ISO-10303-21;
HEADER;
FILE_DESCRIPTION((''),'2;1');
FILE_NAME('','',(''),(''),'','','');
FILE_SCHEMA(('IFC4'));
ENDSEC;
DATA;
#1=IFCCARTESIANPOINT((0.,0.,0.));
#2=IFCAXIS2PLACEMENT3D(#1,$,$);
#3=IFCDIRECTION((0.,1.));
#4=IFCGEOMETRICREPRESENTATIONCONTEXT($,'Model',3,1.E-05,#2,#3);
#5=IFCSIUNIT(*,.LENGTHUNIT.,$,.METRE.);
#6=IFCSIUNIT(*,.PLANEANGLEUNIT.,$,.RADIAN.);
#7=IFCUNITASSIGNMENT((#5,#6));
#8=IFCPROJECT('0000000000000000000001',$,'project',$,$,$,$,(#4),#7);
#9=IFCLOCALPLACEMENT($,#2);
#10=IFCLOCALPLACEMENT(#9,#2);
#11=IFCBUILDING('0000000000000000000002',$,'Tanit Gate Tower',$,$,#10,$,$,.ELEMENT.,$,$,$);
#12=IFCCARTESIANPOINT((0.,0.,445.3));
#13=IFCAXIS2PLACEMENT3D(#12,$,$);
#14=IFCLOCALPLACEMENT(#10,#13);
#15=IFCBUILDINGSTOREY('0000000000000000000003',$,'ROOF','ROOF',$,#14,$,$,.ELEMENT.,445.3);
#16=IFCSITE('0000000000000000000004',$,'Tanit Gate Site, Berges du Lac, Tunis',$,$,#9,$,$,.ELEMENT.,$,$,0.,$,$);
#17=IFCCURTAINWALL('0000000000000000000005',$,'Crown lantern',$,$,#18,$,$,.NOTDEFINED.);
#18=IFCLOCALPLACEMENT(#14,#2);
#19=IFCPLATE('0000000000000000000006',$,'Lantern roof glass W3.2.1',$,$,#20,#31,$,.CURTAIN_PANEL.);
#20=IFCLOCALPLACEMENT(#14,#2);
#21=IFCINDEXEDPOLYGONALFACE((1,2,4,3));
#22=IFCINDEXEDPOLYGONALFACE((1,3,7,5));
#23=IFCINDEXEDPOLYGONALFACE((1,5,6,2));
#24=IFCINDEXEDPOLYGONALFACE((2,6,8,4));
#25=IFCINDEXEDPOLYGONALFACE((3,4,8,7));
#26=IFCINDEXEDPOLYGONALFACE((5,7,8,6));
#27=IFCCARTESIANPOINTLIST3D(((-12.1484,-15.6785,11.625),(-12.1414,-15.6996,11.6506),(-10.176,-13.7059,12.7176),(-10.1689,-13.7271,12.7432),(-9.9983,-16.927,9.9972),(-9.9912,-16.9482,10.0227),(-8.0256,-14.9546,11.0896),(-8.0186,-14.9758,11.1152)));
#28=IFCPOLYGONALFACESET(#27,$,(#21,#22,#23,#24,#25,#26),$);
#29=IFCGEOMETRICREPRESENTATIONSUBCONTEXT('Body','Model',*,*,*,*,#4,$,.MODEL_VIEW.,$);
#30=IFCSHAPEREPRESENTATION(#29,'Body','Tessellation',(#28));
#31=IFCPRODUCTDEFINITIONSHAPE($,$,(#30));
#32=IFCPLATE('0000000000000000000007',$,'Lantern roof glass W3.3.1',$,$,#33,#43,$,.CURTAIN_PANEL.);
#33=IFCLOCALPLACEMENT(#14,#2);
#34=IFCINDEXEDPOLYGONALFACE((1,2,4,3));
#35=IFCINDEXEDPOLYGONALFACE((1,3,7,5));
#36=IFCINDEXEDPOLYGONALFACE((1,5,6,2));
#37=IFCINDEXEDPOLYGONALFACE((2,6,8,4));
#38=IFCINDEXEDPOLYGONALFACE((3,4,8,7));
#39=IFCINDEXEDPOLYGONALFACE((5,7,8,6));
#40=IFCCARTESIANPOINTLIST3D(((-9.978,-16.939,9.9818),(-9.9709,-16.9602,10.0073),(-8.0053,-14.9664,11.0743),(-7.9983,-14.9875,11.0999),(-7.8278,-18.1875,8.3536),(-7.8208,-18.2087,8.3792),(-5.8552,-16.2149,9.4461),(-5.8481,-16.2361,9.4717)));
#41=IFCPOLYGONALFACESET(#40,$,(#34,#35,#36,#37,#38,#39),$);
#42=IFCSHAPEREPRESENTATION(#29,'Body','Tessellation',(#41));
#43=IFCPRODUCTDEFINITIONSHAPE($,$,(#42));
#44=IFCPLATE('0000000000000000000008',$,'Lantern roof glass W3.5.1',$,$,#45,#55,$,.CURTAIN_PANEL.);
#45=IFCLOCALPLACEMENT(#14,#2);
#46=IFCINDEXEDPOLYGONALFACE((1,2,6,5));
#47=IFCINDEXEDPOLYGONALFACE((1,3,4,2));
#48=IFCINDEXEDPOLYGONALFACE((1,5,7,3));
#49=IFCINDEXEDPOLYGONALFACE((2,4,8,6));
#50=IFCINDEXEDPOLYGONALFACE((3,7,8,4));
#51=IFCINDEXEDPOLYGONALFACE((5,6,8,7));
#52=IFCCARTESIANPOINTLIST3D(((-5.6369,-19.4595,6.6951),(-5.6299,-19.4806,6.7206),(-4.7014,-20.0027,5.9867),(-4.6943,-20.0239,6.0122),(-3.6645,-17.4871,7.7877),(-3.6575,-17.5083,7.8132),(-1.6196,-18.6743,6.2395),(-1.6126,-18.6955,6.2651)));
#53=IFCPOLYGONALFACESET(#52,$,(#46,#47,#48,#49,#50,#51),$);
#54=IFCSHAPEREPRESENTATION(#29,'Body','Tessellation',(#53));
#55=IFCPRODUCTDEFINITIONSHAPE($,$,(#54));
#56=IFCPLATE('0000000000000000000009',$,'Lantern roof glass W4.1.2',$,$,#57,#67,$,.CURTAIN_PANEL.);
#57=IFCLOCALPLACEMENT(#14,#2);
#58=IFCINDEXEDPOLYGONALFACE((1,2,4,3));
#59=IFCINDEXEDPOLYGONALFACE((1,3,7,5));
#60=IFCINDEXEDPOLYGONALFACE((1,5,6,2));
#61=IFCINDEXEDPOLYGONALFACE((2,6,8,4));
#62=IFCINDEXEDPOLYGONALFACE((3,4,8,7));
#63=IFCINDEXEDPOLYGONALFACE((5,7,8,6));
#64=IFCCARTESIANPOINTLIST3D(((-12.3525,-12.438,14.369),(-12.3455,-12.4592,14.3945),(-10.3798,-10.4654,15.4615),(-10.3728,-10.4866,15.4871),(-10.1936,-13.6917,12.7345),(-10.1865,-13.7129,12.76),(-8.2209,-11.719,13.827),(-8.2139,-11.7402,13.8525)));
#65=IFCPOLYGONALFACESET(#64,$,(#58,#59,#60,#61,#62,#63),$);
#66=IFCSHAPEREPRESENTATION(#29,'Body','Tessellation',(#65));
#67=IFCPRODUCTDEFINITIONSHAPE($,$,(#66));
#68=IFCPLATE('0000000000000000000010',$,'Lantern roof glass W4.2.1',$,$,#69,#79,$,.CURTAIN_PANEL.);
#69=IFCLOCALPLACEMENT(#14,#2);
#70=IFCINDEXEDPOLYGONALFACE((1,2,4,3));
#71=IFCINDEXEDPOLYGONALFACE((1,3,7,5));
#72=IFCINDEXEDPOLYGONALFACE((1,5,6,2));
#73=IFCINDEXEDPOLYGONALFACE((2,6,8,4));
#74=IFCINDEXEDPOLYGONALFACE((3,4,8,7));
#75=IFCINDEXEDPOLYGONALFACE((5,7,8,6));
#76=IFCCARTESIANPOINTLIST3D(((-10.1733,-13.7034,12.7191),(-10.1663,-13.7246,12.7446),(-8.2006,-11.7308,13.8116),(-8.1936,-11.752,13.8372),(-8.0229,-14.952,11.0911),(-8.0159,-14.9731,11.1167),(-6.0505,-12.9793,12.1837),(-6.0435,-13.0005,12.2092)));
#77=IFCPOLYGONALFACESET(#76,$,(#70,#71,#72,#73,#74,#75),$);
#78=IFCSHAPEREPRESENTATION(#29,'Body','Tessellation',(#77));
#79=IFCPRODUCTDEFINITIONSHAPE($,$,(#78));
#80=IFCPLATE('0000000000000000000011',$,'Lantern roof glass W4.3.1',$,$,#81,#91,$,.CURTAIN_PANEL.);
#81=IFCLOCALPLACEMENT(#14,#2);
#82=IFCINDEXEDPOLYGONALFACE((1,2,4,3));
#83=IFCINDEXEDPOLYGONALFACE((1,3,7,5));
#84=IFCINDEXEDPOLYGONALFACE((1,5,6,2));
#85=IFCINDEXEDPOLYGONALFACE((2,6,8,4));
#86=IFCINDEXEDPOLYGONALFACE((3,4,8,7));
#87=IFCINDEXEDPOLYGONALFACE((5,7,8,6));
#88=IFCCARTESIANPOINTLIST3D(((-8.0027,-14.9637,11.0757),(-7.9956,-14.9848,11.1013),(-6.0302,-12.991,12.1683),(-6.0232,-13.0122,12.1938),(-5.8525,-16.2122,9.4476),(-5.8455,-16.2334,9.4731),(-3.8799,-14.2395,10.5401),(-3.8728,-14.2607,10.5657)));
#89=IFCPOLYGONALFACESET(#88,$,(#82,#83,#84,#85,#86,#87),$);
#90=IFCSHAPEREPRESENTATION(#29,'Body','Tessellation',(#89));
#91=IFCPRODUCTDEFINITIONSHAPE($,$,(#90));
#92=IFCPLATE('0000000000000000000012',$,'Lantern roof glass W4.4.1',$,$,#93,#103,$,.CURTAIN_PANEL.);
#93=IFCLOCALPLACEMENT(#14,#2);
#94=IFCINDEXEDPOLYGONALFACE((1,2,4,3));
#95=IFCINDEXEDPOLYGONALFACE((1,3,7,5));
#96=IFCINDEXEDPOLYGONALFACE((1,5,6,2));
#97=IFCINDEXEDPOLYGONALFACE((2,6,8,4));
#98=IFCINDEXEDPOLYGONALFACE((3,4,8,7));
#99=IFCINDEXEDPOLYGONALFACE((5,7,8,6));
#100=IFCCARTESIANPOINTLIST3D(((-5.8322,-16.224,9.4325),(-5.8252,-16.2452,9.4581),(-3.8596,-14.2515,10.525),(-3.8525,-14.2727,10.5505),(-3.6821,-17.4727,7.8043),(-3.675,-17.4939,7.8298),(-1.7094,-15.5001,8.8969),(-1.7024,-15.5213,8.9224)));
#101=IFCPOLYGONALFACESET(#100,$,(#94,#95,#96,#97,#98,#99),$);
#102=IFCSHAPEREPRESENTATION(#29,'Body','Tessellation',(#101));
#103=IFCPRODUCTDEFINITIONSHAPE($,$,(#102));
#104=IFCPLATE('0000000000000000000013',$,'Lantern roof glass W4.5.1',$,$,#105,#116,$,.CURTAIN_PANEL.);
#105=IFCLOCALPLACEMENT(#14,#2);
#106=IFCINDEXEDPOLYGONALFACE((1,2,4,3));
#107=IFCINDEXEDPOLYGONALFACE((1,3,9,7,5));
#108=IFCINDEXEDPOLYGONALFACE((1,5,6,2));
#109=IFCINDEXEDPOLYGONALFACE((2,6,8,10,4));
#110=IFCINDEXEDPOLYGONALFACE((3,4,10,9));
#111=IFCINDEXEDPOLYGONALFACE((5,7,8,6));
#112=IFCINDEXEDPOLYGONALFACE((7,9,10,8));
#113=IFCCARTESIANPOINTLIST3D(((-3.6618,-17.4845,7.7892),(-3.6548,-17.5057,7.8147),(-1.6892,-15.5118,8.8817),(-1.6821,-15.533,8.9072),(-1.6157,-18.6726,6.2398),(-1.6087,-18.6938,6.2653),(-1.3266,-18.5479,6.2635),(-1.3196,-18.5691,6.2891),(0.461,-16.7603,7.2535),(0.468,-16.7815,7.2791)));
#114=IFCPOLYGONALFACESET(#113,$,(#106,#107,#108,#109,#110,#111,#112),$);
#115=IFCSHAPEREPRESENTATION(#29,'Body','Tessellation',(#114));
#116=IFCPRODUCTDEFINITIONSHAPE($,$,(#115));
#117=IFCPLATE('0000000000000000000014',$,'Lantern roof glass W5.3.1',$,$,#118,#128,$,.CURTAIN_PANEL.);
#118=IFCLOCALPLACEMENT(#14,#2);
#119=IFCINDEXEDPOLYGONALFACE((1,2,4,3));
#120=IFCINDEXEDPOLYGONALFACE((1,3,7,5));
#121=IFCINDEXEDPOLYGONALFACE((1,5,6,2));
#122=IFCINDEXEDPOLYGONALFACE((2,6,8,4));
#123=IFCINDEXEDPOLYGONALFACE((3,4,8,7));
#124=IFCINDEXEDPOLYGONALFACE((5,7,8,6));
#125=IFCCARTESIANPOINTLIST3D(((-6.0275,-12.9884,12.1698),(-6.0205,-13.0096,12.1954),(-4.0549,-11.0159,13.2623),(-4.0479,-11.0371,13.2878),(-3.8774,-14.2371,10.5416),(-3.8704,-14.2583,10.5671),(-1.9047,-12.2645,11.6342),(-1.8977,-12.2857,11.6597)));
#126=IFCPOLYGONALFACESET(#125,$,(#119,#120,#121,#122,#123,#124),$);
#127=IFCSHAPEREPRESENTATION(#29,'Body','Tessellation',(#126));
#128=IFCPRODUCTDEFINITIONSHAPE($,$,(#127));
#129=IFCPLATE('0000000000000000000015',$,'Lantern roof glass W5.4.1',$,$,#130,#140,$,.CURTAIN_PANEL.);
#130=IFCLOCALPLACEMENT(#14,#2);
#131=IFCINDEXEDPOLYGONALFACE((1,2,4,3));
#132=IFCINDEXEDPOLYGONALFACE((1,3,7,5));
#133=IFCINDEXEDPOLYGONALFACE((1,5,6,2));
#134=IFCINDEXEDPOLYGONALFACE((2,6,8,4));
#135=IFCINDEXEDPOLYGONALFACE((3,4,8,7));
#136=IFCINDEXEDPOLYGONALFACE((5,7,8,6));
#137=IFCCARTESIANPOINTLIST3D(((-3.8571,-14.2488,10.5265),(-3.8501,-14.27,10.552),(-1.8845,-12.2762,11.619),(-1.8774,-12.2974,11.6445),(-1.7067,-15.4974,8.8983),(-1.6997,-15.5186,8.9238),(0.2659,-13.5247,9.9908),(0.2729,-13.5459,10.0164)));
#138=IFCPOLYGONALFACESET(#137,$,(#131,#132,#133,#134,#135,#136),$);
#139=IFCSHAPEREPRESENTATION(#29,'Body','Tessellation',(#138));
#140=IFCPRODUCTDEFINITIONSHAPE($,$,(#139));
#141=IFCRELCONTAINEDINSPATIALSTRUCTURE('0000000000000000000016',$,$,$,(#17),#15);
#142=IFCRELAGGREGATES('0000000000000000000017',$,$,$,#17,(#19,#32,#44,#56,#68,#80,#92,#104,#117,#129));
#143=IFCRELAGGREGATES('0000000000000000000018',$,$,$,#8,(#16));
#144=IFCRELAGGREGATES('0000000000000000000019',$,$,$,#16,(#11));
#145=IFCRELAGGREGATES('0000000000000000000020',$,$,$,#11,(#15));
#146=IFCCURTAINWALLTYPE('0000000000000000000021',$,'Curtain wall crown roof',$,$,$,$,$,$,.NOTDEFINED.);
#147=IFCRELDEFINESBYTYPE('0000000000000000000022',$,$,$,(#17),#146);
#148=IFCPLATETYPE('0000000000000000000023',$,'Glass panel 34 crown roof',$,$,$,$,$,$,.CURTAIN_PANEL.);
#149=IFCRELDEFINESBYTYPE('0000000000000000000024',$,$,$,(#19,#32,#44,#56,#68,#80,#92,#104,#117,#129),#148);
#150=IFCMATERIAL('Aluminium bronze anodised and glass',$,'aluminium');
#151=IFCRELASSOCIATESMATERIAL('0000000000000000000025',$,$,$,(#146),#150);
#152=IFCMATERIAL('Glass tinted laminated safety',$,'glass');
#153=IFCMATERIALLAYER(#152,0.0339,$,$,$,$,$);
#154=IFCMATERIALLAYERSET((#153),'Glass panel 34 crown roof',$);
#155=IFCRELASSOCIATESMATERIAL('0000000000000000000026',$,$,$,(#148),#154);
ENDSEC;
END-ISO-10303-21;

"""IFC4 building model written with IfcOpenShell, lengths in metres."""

from ifc_helpers import new_model, si_unit, direction, frame, origin, place, context, subcontext, project, spatial, polyline, outline, extrude, material, layer, layer_set, type_object, element, aggregate, save


model = new_model("IFC4")

# Units and contexts
model_context = context("Model", 3, precision=1e-05, world=origin(), true_north=direction((0.0, 1.0)))
body_context = subcontext(model_context, "Body", "Model", "MODEL_VIEW")
ifc_project = project(units=[si_unit("LENGTHUNIT", "METRE"), si_unit("PLANEANGLEUNIT", "RADIAN")], contexts=[model_context])

# Site, building, storey
site_placement = place(None, origin())
site = spatial("IfcSite", under=ifc_project, at=site_placement, Name="Tanit Gate Site, Berges du Lac, Tunis", CompositionType="ELEMENT", RefElevation=0.0)
building_placement = place(site_placement, origin())
building = spatial("IfcBuilding", under=site, at=building_placement, Name="Tanit Gate Tower", CompositionType="ELEMENT")
storey_placement = place(building_placement, frame((0.0, 0.0, 445.3)))
storey = spatial("IfcBuildingStorey", under=building, at=storey_placement, Name="ROOF", Description="ROOF", CompositionType="ELEMENT", Elevation=445.3)

# Curtain wall, plates
ifc_material_1 = material(Name="Aluminium bronze anodised and glass", Category="aluminium")
curtain_wall_type = type_object("IfcCurtainWallType", Name="Curtain wall crown roof", PredefinedType="NOTDEFINED", material=ifc_material_1)
curtain_wall_placement = place(storey_placement, origin())
curtain_wall = element("IfcCurtainWall", 1, at=curtain_wall_placement, inside=storey, type_object=curtain_wall_type, Name="Crown lantern", PredefinedType="NOTDEFINED")
ifc_material_2 = material(Name="Glass tinted laminated safety", Category="glass")
ifc_layer = layer(ifc_material_2, 0.0339)
ifc_layer_set = layer_set([ifc_layer], Name="Glass panel 34 crown roof")
plate_type = type_object("IfcPlateType", Name="Glass panel 34 crown roof", PredefinedType="CURTAIN_PANEL", material=ifc_layer_set)
plate_1_placement = place(storey_placement, frame((-9.9912, -16.9482, 10.0227), z_axis=(0.207432, -0.624488, 0.752985), x_axis=(0.658445, 0.658392, 0.36465)))
plate_1 = element("IfcPlate", 2, at=plate_1_placement, type_object=plate_type, Name="Lantern roof glass W3.2.1", PredefinedType="CURTAIN_PANEL", context=body_context, shape_type="SweptSolid", body=[
    extrude(outline(polyline([(0.0, 0.0), (2.9959, 0.0), (2.9958, 2.9722), (-0.0001, 2.9719), (0.0, 0.0)])), origin(), (0.0, 0.0, -1.0), 0.0339),
])
plate_2_placement = place(storey_placement, frame((-7.8208, -18.2087, 8.3792), z_axis=(0.207513, -0.624518, 0.752938), x_axis=(0.658417, 0.658417, 0.364656)))
plate_2 = element("IfcPlate", 3, at=plate_2_placement, type_object=plate_type, Name="Lantern roof glass W3.3.1", PredefinedType="CURTAIN_PANEL", context=body_context, shape_type="SweptSolid", body=[
    extrude(outline(polyline([(0.0, 0.0), (2.9961, 0.0), (2.9961, 2.972), (0.0001, 2.972), (0.0, 0.0)])), origin(), (0.0, 0.0, -1.0), 0.0339),
])
plate_3_placement = place(storey_placement, frame((-3.6575, -17.5083, 7.8132), z_axis=(0.207446, -0.624551, 0.752929), x_axis=(-0.658414, -0.658384, -0.364722)))
plate_3 = element("IfcPlate", 4, at=plate_3_placement, type_object=plate_type, Name="Lantern roof glass W3.5.1", PredefinedType="CURTAIN_PANEL", context=body_context, shape_type="SweptSolid", body=[
    extrude(outline(polyline([(0.0, 0.0), (2.9957, 0.0), (2.9958, 1.2932), (-0.0001, 2.8263), (0.0, 0.0)])), origin(), (0.0, 0.0, -1.0), 0.0339),
])
plate_4_placement = place(storey_placement, frame((-10.1865, -13.7129, 12.76), z_axis=(0.207453, -0.624483, 0.752984), x_axis=(0.658417, 0.658417, 0.364656)))
plate_4 = element("IfcPlate", 5, at=plate_4_placement, type_object=plate_type, Name="Lantern roof glass W4.1.2", PredefinedType="CURTAIN_PANEL", context=body_context, shape_type="SweptSolid", body=[
    extrude(outline(polyline([(0.0, 0.0), (2.9961, 0.0), (2.996, 2.984), (0.0, 2.984), (0.0, 0.0)])), origin(), (0.0, 0.0, -1.0), 0.0339),
])
plate_5_placement = place(storey_placement, frame((-8.0159, -14.9731, 11.1167), z_axis=(0.207467, -0.624482, 0.75298), x_axis=(0.658373, 0.658447, 0.364681)))
plate_5 = element("IfcPlate", 6, at=plate_5_placement, type_object=plate_type, Name="Lantern roof glass W4.2.1", PredefinedType="CURTAIN_PANEL", context=body_context, shape_type="SweptSolid", body=[
    extrude(outline(polyline([(0.0, 0.0), (2.9959, 0.0), (2.9961, 2.9719), (0.0, 2.9721), (0.0, 0.0)])), origin(), (0.0, 0.0, -1.0), 0.0339),
])
plate_6_placement = place(storey_placement, frame((-5.8455, -16.2334, 9.4731), z_axis=(0.207512, -0.624508, 0.752946), x_axis=(0.658415, 0.658422, 0.364649)))
plate_6 = element("IfcPlate", 7, at=plate_6_placement, type_object=plate_type, Name="Lantern roof glass W4.3.1", PredefinedType="CURTAIN_PANEL", context=body_context, shape_type="SweptSolid", body=[
    extrude(outline(polyline([(0.0, 0.0), (2.9961, 0.0), (2.996, 2.9722), (0.0001, 2.972), (0.0, 0.0)])), origin(), (0.0, 0.0, -1.0), 0.0339),
])
plate_7_placement = place(storey_placement, frame((-3.675, -17.4939, 7.8298), z_axis=(0.207477, -0.624524, 0.752943), x_axis=(0.658422, 0.658401, 0.364675)))
plate_7 = element("IfcPlate", 8, at=plate_7_placement, type_object=plate_type, Name="Lantern roof glass W4.4.1", PredefinedType="CURTAIN_PANEL", context=body_context, shape_type="SweptSolid", body=[
    extrude(outline(polyline([(0.0, 0.0), (2.9961, 0.0), (2.9961, 2.972), (0.0002, 2.9721), (0.0, 0.0)])), origin(), (0.0, 0.0, -1.0), 0.0339),
])
plate_8_placement = place(storey_placement, frame((-1.6821, -15.533, 8.9072), z_axis=(0.207522, -0.624499, 0.752951), x_axis=(-0.658413, -0.658431, -0.364639)))
plate_8 = element("IfcPlate", 9, at=plate_8_placement, type_object=plate_type, Name="Lantern roof glass W4.5.1", PredefinedType="CURTAIN_PANEL", context=body_context, shape_type="SweptSolid", body=[
    extrude(outline(polyline([(0.0, 0.0), (2.9961, 0.0), (2.9962, 2.8282), (2.7151, 2.972), (0.0001, 2.972), (0.0, 0.0)])), origin(), (0.0, 0.0, -1.0), 0.0339),
])
plate_9_placement = place(storey_placement, frame((-3.8704, -14.2583, 10.5671), z_axis=(0.207477, -0.624524, 0.752943), x_axis=(0.658422, 0.658401, 0.364675)))
plate_9 = element("IfcPlate", 10, at=plate_9_placement, type_object=plate_type, Name="Lantern roof glass W5.3.1", PredefinedType="CURTAIN_PANEL", context=body_context, shape_type="SweptSolid", body=[
    extrude(outline(polyline([(0.0, 0.0), (2.9961, 0.0), (2.9961, 2.972), (0.0002, 2.9721), (0.0, 0.0)])), origin(), (0.0, 0.0, -1.0), 0.0339),
])
plate_10_placement = place(storey_placement, frame((-1.6997, -15.5186, 8.9238), z_axis=(0.2075, -0.62451, 0.752948), x_axis=(0.658417, 0.658417, 0.364656)))
plate_10 = element("IfcPlate", 11, at=plate_10_placement, type_object=plate_type, Name="Lantern roof glass W5.4.1", PredefinedType="CURTAIN_PANEL", context=body_context, shape_type="SweptSolid", body=[
    extrude(outline(polyline([(0.0, 0.0), (2.9961, 0.0), (2.996, 2.9722), (-0.0001, 2.9722), (0.0, 0.0)])), origin(), (0.0, 0.0, -1.0), 0.0339),
])
aggregate(curtain_wall, [plate_1, plate_2, plate_3, plate_4, plate_5, plate_6, plate_7, plate_8, plate_9, plate_10])

save(model, "model.ifc")
